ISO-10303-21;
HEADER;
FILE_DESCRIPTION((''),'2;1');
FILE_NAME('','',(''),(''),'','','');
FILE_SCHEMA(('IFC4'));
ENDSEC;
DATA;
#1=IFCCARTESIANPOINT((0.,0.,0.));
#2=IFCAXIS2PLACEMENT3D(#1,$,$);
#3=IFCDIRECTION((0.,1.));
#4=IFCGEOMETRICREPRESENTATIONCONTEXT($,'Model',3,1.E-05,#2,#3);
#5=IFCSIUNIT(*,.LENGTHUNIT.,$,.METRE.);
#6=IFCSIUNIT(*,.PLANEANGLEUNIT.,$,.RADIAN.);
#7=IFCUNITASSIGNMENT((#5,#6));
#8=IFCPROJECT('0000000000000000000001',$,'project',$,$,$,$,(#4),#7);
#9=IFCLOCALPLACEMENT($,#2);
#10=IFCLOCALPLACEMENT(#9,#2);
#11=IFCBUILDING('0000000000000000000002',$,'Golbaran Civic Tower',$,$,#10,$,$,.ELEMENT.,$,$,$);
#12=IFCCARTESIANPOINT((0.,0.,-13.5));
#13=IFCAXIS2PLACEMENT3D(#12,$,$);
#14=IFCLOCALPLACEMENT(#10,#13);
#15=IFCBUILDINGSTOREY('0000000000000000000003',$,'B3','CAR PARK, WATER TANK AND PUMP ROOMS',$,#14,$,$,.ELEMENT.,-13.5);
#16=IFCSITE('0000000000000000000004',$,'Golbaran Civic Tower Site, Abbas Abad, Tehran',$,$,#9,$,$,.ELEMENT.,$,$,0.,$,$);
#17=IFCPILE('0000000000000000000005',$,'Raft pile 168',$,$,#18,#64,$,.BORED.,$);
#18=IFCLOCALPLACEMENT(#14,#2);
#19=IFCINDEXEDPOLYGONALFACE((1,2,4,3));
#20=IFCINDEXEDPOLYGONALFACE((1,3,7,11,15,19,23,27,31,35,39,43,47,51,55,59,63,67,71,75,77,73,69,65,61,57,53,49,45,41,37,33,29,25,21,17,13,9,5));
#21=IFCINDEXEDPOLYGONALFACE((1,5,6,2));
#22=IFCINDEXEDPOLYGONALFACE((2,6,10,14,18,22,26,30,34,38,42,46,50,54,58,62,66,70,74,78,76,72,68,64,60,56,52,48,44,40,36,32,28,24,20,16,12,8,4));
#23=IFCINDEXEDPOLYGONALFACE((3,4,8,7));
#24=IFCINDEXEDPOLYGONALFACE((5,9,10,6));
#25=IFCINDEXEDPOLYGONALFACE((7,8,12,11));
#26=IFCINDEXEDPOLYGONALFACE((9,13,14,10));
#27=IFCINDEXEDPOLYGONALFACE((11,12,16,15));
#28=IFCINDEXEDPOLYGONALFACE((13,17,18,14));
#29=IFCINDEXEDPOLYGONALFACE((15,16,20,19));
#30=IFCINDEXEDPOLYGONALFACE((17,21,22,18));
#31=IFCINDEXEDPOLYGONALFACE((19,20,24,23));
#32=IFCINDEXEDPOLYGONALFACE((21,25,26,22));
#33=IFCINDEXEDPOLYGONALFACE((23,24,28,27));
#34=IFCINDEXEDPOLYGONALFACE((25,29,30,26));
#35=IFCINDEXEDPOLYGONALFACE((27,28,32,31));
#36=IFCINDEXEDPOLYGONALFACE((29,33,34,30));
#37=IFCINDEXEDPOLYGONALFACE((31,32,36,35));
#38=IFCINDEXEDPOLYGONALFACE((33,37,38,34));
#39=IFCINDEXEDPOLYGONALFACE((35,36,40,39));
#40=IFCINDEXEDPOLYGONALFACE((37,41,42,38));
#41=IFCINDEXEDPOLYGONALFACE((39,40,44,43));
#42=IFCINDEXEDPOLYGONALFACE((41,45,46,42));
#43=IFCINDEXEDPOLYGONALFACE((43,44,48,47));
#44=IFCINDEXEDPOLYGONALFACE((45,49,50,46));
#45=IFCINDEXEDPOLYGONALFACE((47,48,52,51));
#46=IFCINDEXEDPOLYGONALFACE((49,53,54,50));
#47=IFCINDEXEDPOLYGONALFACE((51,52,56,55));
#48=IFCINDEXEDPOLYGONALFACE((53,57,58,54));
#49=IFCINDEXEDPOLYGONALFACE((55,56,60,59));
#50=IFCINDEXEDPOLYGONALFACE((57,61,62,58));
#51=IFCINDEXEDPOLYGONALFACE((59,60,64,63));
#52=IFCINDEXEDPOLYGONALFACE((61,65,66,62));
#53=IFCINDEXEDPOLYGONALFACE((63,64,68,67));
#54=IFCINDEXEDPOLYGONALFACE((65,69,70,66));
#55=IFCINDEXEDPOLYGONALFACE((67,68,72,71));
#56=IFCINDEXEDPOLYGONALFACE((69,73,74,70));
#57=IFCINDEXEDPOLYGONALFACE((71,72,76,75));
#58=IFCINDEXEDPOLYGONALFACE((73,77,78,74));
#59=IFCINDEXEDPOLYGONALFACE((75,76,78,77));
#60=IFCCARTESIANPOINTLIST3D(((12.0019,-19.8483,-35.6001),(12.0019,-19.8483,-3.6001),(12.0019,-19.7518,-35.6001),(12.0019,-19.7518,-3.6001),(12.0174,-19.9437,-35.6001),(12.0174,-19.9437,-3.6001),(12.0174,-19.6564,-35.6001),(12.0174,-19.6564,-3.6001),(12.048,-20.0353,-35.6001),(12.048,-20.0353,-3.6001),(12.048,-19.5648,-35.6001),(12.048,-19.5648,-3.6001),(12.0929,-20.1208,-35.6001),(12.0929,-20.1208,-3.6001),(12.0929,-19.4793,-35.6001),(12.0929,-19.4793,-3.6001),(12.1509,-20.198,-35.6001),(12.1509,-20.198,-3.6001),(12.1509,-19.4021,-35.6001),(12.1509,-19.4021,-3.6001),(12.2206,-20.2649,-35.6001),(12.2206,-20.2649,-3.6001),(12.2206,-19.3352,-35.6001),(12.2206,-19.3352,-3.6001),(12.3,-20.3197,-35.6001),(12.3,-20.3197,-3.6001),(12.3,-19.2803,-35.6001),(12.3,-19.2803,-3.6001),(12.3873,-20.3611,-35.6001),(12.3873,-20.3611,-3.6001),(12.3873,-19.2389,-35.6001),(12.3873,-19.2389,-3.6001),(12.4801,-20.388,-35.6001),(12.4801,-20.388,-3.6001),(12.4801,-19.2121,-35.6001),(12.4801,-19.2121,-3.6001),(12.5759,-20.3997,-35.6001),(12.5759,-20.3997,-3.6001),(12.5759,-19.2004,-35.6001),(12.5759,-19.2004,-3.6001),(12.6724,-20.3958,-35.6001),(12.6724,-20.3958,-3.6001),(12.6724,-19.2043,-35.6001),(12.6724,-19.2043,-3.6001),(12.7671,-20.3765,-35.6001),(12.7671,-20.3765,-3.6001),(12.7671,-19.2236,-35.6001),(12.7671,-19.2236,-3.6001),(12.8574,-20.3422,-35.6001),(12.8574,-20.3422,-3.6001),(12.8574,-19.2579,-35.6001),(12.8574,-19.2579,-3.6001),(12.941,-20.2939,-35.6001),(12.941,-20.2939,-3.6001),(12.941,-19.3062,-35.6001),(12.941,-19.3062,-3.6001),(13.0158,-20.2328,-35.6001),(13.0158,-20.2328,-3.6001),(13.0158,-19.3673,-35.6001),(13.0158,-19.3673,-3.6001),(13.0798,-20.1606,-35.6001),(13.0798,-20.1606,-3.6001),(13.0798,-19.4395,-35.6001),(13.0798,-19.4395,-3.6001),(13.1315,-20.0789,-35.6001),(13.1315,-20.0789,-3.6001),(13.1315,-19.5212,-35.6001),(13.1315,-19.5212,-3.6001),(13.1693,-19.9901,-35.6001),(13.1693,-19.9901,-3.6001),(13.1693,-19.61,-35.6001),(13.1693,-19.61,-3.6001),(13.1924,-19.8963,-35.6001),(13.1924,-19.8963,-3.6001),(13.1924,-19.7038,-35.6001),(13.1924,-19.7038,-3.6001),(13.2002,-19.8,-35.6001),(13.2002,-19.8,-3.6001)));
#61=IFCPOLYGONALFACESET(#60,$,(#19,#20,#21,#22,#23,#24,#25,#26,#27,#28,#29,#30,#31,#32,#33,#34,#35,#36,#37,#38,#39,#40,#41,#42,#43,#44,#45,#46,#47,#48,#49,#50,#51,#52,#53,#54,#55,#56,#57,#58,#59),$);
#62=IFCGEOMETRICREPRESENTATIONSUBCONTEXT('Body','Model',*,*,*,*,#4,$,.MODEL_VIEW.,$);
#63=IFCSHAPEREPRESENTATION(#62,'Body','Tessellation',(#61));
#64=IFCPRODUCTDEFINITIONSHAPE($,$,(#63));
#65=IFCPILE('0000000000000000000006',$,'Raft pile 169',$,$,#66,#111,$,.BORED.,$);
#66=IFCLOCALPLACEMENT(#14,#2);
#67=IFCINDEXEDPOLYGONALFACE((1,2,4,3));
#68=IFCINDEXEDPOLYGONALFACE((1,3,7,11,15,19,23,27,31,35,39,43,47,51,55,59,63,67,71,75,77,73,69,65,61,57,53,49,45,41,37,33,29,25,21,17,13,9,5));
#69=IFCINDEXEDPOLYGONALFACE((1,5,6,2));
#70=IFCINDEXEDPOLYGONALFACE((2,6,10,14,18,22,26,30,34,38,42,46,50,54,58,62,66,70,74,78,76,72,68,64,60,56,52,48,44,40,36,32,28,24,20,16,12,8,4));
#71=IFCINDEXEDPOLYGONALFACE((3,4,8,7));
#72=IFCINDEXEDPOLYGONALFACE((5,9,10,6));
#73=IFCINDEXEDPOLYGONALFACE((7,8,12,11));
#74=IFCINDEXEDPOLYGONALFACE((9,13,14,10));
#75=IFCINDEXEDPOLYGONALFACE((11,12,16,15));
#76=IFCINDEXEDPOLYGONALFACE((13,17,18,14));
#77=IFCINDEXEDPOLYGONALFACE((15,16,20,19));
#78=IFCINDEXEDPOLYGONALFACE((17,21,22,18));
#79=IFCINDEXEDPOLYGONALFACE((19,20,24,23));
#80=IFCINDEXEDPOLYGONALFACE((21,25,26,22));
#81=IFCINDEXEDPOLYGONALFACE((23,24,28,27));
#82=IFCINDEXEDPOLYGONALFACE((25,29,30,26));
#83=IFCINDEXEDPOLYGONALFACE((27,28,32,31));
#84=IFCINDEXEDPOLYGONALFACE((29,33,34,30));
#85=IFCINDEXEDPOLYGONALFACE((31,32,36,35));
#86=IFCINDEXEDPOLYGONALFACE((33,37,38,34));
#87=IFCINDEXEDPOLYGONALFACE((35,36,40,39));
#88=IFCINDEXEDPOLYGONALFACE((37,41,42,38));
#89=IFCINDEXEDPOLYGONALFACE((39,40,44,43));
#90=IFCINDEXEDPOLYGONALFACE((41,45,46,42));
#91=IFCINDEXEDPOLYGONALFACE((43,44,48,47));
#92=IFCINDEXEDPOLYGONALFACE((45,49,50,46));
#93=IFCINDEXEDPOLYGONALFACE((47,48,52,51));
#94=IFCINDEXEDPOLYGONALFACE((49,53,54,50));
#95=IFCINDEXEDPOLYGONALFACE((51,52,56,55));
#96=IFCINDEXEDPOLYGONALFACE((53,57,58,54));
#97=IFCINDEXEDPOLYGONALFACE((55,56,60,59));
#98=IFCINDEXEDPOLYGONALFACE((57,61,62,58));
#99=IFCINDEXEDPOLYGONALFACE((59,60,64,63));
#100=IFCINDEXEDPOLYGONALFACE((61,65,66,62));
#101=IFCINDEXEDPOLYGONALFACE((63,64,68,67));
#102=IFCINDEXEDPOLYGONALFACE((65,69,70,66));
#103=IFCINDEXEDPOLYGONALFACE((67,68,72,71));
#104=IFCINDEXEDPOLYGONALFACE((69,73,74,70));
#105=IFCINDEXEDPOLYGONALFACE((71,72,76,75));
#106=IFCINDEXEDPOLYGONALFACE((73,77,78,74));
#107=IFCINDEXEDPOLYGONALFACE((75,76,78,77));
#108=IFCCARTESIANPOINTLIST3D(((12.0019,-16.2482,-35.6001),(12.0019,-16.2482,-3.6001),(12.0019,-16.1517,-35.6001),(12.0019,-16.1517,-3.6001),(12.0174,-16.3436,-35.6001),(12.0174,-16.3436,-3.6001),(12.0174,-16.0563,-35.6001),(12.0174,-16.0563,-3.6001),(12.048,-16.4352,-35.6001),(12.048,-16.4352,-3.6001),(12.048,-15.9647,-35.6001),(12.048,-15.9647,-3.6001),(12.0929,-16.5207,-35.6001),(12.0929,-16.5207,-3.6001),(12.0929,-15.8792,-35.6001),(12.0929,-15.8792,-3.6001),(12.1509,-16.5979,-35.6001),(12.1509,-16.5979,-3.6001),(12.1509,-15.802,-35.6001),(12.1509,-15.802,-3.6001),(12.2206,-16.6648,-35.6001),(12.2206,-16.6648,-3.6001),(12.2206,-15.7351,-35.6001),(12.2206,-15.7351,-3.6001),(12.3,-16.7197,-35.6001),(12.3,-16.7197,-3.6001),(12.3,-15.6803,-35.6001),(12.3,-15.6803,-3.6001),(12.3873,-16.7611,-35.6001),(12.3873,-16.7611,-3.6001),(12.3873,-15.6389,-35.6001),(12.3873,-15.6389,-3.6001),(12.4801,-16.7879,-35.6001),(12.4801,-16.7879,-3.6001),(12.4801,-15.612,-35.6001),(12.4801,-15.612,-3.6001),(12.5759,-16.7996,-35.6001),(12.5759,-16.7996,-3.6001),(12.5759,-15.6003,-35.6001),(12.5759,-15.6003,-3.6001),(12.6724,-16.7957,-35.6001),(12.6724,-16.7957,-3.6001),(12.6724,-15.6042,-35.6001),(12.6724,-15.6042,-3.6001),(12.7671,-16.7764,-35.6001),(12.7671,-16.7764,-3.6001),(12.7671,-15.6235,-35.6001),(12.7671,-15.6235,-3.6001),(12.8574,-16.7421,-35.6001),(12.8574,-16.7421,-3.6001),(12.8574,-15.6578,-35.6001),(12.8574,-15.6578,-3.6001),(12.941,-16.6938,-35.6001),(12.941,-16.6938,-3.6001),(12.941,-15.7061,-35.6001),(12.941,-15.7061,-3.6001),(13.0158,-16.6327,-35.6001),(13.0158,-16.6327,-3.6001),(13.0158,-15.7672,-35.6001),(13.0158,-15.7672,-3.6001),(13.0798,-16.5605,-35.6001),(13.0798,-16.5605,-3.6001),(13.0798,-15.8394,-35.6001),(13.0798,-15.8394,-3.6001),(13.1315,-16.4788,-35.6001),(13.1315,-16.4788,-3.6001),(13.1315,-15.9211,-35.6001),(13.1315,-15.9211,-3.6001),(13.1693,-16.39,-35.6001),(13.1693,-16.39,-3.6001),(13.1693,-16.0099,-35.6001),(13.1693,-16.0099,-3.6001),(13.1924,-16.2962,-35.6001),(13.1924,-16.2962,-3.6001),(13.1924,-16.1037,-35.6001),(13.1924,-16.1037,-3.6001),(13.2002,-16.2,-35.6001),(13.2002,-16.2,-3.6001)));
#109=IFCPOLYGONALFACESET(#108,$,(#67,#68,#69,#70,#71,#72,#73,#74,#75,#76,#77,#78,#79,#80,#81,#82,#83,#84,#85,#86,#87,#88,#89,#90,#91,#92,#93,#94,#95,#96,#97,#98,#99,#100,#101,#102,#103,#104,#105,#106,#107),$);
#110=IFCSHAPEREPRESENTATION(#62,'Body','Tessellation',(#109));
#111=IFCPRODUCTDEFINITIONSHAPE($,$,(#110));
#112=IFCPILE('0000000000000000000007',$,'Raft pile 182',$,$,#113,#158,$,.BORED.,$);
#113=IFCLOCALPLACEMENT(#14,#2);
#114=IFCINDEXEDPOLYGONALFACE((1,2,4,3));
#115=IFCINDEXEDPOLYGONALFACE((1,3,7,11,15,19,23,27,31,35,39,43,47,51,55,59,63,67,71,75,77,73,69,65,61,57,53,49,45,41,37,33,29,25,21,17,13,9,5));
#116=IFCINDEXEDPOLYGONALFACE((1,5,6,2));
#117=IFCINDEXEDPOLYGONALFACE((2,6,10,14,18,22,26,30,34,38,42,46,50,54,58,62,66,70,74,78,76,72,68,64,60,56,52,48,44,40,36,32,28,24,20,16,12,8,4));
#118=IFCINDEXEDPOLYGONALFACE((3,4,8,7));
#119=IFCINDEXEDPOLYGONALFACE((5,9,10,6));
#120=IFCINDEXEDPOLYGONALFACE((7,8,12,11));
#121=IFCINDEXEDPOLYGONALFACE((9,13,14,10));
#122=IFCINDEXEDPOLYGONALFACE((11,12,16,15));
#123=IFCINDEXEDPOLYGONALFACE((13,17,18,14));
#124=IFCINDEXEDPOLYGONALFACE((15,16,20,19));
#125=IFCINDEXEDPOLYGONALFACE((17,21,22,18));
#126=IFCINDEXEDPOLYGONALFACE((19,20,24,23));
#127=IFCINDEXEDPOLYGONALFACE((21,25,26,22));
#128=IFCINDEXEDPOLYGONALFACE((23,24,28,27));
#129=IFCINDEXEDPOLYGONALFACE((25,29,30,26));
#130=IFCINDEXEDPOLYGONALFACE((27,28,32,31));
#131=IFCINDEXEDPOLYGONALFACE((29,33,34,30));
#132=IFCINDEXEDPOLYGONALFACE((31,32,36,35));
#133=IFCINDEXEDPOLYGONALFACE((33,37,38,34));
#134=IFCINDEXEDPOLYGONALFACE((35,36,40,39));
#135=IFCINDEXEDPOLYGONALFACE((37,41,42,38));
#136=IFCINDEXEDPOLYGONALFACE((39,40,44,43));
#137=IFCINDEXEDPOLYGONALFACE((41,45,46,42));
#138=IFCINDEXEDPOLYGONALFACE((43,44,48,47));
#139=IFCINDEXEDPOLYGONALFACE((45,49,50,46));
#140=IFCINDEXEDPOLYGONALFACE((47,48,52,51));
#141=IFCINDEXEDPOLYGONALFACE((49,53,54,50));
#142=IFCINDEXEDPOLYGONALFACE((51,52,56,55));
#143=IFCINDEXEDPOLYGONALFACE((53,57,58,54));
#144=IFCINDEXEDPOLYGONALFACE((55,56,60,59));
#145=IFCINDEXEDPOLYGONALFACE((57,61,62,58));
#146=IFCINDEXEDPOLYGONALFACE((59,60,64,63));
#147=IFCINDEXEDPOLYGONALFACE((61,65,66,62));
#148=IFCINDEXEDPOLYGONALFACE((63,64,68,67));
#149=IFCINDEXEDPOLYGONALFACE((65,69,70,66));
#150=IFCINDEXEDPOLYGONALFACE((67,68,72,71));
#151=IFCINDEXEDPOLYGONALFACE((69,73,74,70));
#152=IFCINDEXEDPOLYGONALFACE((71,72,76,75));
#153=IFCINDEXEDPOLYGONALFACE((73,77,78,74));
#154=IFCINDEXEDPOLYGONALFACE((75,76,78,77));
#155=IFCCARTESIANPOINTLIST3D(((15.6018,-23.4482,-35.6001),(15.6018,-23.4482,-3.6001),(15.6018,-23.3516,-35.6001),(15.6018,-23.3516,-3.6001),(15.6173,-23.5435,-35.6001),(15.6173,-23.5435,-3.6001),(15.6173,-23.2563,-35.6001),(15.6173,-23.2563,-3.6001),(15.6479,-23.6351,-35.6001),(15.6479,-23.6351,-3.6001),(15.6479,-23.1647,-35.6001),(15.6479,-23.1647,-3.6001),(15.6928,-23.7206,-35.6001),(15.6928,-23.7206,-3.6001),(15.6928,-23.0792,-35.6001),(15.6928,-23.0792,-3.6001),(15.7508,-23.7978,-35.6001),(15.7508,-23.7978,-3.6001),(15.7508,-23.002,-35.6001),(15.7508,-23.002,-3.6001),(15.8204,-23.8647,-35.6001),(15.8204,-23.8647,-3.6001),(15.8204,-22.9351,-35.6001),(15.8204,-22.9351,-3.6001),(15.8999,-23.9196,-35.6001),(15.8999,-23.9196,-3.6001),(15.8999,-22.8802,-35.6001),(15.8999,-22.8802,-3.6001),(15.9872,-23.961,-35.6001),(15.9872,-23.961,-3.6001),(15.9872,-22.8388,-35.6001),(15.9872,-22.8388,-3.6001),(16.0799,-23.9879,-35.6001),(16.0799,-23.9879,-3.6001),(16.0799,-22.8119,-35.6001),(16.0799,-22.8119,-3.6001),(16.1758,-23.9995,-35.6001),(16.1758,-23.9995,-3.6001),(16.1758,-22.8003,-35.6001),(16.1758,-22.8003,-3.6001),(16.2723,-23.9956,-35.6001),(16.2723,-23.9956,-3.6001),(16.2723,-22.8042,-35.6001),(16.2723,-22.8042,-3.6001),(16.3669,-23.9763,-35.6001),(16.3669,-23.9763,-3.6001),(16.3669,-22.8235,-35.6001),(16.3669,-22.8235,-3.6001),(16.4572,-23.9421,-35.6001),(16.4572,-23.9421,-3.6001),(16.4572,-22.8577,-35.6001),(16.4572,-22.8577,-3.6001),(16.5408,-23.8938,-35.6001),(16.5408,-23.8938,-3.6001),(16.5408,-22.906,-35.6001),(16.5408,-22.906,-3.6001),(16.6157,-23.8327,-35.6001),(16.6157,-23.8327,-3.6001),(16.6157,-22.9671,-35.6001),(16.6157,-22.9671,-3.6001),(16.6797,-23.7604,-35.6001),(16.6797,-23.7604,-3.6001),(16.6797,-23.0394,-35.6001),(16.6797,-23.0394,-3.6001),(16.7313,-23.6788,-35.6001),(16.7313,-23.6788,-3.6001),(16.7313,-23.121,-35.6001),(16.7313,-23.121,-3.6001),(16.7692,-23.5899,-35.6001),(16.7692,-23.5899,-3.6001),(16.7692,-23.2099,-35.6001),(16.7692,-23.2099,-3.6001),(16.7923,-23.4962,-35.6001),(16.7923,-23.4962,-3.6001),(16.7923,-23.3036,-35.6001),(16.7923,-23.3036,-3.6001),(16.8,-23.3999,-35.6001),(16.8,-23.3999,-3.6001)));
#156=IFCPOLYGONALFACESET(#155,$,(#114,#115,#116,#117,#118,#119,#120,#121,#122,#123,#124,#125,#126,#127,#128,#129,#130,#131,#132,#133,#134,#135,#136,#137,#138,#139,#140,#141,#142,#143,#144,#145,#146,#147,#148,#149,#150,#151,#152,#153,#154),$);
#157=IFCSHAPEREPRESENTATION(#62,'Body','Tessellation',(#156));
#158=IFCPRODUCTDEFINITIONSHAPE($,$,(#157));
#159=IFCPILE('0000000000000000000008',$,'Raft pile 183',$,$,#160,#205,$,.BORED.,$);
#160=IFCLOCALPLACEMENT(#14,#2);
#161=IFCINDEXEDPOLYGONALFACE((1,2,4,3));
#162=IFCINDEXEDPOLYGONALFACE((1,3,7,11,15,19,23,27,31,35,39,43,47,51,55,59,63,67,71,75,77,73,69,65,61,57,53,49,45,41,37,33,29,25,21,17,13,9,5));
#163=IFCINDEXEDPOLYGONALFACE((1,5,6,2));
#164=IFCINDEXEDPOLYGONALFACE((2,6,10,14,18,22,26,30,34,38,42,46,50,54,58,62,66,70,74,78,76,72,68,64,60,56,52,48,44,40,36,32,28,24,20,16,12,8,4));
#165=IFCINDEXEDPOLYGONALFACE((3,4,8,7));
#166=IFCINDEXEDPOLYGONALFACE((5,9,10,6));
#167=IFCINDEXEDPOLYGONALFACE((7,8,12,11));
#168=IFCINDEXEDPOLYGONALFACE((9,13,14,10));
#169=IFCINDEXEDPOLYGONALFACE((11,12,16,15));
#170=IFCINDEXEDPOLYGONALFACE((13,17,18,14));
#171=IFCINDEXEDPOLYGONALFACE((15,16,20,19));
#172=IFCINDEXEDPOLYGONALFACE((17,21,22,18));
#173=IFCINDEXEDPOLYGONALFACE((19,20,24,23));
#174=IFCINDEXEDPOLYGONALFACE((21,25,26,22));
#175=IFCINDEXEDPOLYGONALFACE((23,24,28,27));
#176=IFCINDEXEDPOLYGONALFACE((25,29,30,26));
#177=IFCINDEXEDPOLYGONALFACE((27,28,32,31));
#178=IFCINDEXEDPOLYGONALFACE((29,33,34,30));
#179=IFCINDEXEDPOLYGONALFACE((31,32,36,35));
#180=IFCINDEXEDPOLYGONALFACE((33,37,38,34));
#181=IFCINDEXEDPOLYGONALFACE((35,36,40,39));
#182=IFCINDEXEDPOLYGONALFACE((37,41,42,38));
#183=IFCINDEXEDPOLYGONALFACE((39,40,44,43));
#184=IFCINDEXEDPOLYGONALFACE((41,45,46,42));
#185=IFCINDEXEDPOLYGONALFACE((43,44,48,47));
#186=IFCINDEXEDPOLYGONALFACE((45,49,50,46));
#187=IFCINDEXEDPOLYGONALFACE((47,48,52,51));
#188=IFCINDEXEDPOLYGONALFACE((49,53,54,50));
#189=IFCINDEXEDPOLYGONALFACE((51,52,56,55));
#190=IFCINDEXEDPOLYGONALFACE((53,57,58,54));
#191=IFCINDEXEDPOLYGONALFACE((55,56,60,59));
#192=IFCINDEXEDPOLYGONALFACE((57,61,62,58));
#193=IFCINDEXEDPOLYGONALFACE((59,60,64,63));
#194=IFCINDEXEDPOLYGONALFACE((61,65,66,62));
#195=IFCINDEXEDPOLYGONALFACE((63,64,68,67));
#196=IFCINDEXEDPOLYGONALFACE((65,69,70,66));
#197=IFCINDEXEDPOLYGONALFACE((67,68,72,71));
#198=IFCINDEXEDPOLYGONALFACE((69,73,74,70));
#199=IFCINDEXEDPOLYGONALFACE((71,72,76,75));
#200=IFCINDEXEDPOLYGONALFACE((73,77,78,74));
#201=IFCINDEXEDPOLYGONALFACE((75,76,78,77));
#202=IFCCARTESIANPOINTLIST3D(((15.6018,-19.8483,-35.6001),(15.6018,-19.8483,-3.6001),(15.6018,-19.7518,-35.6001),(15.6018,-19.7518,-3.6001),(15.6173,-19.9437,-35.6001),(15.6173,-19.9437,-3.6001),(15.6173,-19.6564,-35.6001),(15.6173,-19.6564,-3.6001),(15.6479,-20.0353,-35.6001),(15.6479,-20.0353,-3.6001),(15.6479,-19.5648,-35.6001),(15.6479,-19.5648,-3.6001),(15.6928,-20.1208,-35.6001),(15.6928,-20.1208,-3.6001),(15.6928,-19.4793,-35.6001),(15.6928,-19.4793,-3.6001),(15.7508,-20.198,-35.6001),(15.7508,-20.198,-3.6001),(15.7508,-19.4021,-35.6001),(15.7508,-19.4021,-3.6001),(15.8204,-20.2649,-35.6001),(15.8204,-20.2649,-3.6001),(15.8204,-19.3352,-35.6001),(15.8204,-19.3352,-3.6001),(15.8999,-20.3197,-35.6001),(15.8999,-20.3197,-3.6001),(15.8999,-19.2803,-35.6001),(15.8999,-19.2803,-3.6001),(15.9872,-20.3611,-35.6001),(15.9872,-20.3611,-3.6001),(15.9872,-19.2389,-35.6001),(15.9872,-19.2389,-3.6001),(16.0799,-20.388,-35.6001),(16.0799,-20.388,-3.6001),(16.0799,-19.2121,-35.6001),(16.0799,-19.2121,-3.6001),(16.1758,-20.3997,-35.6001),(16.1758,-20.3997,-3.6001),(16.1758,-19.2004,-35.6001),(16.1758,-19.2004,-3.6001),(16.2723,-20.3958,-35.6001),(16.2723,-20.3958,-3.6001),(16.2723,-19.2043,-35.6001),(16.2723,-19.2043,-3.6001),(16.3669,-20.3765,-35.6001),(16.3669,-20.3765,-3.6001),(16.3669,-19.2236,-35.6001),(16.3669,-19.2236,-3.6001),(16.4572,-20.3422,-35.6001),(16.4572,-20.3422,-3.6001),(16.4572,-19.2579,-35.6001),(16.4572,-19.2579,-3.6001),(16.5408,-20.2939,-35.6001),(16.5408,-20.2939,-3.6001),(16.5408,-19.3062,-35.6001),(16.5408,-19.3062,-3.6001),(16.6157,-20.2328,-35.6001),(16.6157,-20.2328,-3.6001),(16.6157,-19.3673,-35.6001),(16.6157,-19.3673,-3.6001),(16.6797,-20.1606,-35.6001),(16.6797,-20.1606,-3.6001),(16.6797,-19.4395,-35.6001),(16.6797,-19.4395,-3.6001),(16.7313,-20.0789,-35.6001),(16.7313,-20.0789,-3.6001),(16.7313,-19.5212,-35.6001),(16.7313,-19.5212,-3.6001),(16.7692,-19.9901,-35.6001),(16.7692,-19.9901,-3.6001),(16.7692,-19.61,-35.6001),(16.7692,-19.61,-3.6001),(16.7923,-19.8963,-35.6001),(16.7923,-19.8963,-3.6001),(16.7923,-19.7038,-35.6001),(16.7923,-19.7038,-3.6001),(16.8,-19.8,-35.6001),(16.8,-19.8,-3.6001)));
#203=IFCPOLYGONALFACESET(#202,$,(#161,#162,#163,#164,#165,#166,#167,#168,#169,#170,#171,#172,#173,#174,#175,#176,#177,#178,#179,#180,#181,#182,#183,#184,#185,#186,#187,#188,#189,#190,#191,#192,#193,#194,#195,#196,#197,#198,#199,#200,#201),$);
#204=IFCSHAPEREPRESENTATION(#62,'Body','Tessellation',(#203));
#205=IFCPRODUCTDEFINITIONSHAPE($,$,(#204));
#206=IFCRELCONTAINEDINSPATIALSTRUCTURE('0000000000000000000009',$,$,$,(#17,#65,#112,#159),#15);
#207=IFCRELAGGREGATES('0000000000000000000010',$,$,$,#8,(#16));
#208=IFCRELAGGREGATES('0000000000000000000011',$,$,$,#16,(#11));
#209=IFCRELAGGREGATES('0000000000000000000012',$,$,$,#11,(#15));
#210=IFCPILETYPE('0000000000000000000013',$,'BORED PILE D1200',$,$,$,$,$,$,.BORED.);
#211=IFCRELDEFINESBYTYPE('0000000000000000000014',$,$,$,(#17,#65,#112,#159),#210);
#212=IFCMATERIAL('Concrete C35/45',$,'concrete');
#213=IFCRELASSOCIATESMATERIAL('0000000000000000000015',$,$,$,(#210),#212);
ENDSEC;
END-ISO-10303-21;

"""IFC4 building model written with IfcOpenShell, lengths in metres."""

from ifc_helpers import new_model, si_unit, direction, frame, origin, origin_2d, place, context, subcontext, project, spatial, circle, extrude, material, material_profile, profile_set, type_object, element, save


model = new_model("IFC4")

# Units and contexts
model_context = context("Model", 3, precision=1e-05, world=origin(), true_north=direction((0.0, 1.0)))
body_context = subcontext(model_context, "Body", "Model", "MODEL_VIEW")
ifc_project = project(units=[si_unit("LENGTHUNIT", "METRE"), si_unit("PLANEANGLEUNIT", "RADIAN")], contexts=[model_context])

# Site, building, storey
site_placement = place(None, origin())
site = spatial("IfcSite", under=ifc_project, at=site_placement, Name="Golbaran Civic Tower Site, Abbas Abad, Tehran", CompositionType="ELEMENT", RefElevation=0.0)
building_placement = place(site_placement, origin())
building = spatial("IfcBuilding", under=site, at=building_placement, Name="Golbaran Civic Tower", CompositionType="ELEMENT")
storey_placement = place(building_placement, frame((0.0, 0.0, -13.5)))
storey = spatial("IfcBuildingStorey", under=building, at=storey_placement, Name="B3", Description="CAR PARK, WATER TANK AND PUMP ROOMS", CompositionType="ELEMENT", Elevation=-13.5)

# Piles
ifc_material_1 = material(Name="Concrete C35/45", Category="concrete")
ifc_material_profile_1 = material_profile(ifc_material_1, circle(Radius=0.6001, at=origin_2d()), Name="BORED PILE D1200")
ifc_profile_set_1 = profile_set([ifc_material_profile_1], Name="Concrete C35/45")
pile_type_1 = type_object("IfcPileType", Name="BORED PILE D1200", PredefinedType="BORED", material=ifc_profile_set_1)
for number, where, z_axis, x_axis, name in (
    (1, (12.6001, -19.8, -3.6001), (0.0, 0.0, -1.0), (1.0, 0.0, 0.0), "Raft pile 168"),
    (2, (12.6001, -16.2, -3.6001), (0.0, 0.0, -1.0), (1.0, 0.0, 0.0), "Raft pile 169"),
    (3, (16.2, -23.3999, -3.6001), (0.0, 0.0, -1.0), (1.0, 0.0, 0.0), "Raft pile 182"),
    (4, (16.2, -19.8, -3.6001), (0.0, 0.0, -1.0), (1.0, 0.0, 0.0), "Raft pile 183"),
):
    element("IfcPile", number, at=place(storey_placement, frame(where, z_axis=z_axis, x_axis=x_axis)), inside=storey, type_object=pile_type_1, Name=name, PredefinedType="BORED", context=body_context, shape_type="SweptSolid", body=[
        extrude(circle(Radius=0.6001, at=origin_2d()), origin(), (0.0, 0.0, 1.0), 32.0),
    ])

save(model, "model.ifc")
